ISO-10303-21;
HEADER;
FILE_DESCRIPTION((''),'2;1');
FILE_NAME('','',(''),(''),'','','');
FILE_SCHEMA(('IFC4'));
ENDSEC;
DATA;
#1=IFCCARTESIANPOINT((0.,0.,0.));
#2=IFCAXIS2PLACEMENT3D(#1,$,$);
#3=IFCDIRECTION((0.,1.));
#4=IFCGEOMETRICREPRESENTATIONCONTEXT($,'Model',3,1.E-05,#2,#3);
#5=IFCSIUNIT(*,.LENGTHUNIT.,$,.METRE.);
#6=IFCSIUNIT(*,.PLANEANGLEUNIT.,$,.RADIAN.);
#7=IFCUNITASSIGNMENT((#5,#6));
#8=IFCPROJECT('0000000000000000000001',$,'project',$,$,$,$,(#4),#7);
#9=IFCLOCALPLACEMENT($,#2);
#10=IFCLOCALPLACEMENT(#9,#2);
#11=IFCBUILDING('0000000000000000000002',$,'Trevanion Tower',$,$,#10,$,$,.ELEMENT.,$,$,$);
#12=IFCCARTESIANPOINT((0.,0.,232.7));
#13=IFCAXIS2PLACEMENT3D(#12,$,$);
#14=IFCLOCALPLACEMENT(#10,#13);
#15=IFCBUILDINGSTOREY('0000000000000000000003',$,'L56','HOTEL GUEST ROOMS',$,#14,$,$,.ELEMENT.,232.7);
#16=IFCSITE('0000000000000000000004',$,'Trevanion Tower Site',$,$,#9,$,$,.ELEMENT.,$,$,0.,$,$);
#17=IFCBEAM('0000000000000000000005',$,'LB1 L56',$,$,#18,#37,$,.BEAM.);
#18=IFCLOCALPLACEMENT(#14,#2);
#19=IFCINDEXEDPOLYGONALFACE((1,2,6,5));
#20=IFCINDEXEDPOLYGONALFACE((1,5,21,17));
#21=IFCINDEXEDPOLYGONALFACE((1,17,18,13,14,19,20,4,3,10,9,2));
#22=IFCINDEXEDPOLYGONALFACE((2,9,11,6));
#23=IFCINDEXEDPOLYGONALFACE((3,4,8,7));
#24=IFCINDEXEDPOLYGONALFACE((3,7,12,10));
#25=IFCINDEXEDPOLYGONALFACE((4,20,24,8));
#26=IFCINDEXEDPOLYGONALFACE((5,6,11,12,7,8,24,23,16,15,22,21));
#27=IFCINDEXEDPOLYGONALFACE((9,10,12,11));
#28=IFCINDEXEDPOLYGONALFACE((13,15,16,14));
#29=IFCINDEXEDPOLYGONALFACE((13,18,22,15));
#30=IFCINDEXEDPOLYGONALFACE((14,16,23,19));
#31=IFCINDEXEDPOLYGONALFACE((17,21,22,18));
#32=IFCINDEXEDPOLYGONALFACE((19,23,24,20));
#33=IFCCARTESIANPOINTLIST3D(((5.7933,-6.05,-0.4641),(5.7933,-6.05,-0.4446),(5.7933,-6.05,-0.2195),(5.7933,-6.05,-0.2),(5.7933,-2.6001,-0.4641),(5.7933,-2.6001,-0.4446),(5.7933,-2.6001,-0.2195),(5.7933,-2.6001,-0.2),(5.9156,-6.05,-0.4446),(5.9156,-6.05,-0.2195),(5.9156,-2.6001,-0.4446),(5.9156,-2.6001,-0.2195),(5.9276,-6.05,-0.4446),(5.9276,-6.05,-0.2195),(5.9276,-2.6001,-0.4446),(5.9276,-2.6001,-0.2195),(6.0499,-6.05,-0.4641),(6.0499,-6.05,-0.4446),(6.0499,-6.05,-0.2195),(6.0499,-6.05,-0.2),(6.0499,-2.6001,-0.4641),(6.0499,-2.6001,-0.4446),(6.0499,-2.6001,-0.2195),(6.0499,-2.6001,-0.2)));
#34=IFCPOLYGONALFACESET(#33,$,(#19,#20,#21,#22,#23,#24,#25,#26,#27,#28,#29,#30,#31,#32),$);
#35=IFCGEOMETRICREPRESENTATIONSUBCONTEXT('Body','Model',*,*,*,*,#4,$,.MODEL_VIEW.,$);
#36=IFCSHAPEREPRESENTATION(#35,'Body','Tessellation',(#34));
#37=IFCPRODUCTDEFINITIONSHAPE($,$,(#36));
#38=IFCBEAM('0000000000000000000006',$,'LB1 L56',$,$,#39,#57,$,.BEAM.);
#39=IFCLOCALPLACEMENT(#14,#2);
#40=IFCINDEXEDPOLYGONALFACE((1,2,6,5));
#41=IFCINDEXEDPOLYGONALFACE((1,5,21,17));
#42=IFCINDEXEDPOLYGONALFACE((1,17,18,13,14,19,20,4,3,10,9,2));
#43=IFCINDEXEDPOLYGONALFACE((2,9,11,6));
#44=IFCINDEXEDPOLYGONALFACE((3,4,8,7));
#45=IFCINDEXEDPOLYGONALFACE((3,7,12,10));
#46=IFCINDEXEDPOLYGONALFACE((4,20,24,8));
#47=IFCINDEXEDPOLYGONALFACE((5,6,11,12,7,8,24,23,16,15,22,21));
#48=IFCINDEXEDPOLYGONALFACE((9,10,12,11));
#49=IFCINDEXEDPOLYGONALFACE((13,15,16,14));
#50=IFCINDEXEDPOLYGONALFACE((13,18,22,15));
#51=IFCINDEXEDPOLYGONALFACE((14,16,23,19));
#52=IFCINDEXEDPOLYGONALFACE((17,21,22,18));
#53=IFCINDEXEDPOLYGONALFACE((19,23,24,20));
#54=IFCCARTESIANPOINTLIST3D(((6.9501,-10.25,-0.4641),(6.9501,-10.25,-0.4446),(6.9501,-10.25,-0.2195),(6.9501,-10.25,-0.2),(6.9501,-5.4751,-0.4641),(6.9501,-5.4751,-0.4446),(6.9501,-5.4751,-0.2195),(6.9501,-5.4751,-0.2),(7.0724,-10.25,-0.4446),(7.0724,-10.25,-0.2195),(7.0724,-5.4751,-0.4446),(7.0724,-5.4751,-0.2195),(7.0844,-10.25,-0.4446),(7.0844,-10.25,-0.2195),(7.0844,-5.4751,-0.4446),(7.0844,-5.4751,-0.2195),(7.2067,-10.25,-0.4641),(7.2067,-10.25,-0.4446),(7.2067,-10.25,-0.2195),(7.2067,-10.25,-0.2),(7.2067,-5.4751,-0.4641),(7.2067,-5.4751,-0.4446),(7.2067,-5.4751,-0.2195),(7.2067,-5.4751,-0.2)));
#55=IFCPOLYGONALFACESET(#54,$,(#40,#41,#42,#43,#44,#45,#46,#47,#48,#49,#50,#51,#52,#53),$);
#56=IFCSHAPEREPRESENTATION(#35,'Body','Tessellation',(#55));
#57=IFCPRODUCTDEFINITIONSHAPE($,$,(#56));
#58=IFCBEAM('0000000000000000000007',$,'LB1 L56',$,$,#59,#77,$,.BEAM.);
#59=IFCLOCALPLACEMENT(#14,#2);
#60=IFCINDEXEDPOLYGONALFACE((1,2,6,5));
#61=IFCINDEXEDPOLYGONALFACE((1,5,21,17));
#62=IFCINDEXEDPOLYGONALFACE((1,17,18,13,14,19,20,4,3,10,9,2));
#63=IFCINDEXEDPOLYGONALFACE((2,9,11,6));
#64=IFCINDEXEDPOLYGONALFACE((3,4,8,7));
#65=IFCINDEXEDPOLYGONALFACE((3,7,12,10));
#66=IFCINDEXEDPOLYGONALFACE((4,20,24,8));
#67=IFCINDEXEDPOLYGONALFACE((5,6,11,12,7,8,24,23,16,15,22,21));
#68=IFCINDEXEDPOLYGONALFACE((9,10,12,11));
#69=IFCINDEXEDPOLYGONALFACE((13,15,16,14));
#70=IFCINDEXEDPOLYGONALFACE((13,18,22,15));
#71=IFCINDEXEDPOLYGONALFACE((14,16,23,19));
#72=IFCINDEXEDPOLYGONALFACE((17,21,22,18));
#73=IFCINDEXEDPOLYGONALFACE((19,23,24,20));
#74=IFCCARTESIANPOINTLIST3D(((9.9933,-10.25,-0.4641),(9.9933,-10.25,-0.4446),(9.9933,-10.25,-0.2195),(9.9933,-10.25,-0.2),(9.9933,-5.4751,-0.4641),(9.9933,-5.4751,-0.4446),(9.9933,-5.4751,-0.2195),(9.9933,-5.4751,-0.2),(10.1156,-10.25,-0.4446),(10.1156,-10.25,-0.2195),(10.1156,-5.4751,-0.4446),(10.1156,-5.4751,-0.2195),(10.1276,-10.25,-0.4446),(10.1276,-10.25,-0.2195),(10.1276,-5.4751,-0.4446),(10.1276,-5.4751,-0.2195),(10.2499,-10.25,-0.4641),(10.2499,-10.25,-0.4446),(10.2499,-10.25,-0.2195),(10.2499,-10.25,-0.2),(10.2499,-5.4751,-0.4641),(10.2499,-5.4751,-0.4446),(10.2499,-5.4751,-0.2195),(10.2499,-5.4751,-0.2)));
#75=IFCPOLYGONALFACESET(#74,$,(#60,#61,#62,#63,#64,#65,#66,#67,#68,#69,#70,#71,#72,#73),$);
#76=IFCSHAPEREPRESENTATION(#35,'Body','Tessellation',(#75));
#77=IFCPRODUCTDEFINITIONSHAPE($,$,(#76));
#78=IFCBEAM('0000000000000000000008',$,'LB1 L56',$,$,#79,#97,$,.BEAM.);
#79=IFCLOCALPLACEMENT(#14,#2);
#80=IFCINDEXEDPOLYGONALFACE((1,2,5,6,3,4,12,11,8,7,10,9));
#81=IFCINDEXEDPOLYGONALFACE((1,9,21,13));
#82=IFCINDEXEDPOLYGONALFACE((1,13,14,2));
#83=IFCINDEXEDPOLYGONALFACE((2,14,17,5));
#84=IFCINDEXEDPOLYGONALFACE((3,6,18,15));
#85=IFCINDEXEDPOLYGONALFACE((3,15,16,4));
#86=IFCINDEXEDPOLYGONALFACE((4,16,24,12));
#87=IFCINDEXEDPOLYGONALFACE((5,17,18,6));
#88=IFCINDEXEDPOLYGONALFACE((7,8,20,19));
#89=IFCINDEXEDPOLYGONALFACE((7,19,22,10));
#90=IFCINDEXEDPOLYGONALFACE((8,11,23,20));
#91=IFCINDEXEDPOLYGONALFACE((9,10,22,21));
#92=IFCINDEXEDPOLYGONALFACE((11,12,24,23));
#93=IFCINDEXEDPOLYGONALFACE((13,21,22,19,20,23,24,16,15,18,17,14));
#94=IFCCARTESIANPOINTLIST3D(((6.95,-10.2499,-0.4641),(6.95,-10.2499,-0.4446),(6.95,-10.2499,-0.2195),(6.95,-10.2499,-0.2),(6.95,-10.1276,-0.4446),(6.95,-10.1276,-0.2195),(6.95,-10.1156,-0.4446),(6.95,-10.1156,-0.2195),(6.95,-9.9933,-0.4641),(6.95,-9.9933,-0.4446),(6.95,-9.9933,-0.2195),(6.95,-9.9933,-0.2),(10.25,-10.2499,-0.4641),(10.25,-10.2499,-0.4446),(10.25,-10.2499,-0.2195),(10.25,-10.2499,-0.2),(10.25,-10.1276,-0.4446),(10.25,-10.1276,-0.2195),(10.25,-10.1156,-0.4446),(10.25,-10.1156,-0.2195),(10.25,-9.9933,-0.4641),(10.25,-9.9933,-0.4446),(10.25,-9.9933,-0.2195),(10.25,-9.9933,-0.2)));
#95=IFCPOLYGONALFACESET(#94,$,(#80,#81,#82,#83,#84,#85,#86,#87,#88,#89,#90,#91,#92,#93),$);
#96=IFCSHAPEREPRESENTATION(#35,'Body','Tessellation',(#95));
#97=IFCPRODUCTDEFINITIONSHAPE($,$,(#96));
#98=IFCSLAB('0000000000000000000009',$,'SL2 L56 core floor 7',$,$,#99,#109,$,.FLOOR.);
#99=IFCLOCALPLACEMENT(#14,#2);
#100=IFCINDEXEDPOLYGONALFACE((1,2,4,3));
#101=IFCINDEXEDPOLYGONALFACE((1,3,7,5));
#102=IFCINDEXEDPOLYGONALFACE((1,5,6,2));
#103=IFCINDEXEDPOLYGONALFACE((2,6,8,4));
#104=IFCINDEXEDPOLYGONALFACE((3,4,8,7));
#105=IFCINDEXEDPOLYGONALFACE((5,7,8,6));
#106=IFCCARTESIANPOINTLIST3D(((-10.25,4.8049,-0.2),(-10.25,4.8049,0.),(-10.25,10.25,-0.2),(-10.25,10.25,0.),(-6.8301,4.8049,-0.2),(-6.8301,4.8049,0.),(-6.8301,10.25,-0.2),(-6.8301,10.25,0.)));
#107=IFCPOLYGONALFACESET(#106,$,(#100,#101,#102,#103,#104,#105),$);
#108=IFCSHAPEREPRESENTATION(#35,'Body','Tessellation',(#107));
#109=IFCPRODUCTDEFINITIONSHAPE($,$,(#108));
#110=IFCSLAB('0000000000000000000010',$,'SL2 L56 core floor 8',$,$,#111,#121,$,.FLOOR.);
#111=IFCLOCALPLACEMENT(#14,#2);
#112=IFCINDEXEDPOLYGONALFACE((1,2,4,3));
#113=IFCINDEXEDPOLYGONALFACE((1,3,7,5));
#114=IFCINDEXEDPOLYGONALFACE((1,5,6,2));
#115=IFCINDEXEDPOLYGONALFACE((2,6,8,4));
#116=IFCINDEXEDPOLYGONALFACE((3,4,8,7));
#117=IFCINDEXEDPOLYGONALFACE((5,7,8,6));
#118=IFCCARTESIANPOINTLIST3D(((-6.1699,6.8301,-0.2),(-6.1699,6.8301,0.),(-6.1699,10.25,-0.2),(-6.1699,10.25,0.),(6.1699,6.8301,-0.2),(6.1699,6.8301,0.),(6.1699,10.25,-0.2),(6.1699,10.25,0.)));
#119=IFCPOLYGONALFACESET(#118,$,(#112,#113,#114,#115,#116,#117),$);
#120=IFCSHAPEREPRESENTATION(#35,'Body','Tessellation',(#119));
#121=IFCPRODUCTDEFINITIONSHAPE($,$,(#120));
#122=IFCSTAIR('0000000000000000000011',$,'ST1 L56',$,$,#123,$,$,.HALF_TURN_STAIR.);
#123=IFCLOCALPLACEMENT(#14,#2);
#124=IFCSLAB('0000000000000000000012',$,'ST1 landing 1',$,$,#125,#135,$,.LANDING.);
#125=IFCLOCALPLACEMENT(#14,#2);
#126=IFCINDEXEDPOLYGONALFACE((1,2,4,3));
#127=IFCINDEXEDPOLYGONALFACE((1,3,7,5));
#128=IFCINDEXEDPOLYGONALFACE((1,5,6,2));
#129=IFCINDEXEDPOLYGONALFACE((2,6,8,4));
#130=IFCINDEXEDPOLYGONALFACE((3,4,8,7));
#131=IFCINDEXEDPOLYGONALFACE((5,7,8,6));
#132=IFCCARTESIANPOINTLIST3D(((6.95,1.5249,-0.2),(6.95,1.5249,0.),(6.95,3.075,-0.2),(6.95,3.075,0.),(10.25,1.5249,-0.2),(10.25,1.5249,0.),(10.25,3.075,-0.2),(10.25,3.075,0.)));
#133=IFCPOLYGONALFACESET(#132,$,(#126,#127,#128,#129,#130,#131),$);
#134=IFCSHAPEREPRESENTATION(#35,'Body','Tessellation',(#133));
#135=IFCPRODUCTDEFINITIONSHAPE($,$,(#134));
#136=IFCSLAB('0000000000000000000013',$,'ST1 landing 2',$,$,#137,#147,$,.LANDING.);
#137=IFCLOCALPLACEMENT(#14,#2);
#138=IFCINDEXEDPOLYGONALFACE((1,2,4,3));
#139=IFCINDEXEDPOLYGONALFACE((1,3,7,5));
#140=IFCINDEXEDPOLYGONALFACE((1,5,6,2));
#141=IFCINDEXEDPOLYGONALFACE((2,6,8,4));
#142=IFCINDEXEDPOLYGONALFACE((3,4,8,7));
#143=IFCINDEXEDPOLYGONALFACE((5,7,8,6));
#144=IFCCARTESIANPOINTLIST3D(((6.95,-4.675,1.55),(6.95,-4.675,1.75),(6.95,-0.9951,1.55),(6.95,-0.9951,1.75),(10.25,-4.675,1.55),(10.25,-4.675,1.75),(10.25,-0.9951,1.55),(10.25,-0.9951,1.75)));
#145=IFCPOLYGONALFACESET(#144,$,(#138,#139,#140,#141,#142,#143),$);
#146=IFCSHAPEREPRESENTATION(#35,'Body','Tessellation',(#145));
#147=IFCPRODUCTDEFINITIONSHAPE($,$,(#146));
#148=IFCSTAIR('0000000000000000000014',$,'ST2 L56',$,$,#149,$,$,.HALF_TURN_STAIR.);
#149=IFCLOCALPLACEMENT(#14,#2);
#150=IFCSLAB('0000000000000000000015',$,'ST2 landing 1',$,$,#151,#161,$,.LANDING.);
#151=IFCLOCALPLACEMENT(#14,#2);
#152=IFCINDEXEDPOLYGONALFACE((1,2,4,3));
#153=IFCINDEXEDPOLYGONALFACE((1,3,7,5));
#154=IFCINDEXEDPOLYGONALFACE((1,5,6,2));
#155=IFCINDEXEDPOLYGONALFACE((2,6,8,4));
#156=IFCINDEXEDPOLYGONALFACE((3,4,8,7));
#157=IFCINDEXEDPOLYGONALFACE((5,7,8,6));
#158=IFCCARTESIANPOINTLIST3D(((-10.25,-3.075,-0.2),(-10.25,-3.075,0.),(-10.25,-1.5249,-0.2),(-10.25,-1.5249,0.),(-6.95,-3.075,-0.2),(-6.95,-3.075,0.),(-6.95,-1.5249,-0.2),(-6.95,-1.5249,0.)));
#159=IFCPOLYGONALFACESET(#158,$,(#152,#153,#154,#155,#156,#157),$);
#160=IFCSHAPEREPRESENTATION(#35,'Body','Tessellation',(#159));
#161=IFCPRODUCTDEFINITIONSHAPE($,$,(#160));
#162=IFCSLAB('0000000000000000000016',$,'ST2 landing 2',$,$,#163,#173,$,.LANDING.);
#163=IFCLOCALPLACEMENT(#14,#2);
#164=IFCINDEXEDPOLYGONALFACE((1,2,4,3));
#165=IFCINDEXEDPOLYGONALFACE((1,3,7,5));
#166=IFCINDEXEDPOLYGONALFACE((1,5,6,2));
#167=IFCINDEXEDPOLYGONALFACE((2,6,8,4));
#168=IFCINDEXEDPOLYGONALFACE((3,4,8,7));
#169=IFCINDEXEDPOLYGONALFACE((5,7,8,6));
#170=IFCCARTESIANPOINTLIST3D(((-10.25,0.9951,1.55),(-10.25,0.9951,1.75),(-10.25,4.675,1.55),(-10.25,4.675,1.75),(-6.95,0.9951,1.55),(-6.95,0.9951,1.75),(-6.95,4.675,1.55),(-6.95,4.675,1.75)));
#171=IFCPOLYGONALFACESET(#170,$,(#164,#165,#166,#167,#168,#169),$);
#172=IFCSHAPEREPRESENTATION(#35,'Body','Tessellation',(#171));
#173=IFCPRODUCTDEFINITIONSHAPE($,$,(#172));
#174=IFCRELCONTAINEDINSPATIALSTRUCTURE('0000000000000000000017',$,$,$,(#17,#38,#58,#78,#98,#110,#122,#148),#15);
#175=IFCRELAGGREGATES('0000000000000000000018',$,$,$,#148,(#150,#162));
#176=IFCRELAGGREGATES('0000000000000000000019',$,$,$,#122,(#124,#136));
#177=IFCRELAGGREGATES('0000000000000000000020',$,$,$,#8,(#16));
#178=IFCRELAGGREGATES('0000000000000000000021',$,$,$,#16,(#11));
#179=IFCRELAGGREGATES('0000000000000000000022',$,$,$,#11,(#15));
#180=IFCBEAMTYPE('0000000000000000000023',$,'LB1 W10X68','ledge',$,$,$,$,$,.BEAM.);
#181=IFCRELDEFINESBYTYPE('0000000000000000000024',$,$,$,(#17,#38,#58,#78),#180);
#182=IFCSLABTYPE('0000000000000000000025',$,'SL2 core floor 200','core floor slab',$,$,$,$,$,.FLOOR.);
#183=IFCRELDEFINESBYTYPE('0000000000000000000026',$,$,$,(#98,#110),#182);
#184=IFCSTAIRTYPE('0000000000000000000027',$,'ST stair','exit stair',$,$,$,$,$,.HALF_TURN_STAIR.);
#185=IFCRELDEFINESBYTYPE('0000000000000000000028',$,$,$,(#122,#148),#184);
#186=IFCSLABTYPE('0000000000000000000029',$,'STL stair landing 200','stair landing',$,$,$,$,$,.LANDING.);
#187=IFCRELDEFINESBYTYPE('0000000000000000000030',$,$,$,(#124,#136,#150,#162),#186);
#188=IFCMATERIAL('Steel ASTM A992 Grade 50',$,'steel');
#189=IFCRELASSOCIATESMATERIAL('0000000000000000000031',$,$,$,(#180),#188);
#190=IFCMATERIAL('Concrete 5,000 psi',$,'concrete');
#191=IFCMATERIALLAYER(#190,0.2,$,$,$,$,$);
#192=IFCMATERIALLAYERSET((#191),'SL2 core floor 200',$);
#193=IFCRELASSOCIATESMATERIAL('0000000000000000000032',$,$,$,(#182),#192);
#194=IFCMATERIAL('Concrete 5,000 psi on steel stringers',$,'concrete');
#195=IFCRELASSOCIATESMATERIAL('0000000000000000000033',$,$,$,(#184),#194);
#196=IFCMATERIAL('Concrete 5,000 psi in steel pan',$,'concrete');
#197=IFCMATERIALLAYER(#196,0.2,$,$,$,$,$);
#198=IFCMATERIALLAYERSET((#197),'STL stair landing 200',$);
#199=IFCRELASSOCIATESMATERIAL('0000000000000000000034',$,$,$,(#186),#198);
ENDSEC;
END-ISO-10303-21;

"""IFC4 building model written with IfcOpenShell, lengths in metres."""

from ifc_helpers import new_model, si_unit, direction, frame, origin, origin_2d, place, context, subcontext, project, spatial, polyline, i_section, outline, extrude, material, layer, layer_set, material_profile, profile_set, type_object, element, aggregate, save


model = new_model("IFC4")

# Units and contexts
model_context = context("Model", 3, precision=1e-05, world=origin(), true_north=direction((0.0, 1.0)))
body_context = subcontext(model_context, "Body", "Model", "MODEL_VIEW")
ifc_project = project(units=[si_unit("LENGTHUNIT", "METRE"), si_unit("PLANEANGLEUNIT", "RADIAN")], contexts=[model_context])

# Site, building, storey
site_placement = place(None, origin())
site = spatial("IfcSite", under=ifc_project, at=site_placement, Name="Trevanion Tower Site", CompositionType="ELEMENT", RefElevation=0.0)
building_placement = place(site_placement, origin())
building = spatial("IfcBuilding", under=site, at=building_placement, Name="Trevanion Tower", CompositionType="ELEMENT")
storey_placement = place(building_placement, frame((0.0, 0.0, 232.7)))
storey = spatial("IfcBuildingStorey", under=building, at=storey_placement, Name="L56", Description="HOTEL GUEST ROOMS", CompositionType="ELEMENT", Elevation=232.7)

# Beams
ifc_material_1 = material(Name="Steel ASTM A992 Grade 50", Category="steel")
ifc_material_profile = material_profile(ifc_material_1, i_section(OverallWidth=0.2566, OverallDepth=0.2642, WebThickness=0.012, FlangeThickness=0.0195, at=origin_2d()), Name="W10X68")
ifc_profile_set = profile_set([ifc_material_profile], Name="Steel ASTM A992 Grade 50")
beam_type = type_object("IfcBeamType", Name="LB1 W10X68", Description="ledge", PredefinedType="BEAM", material=ifc_profile_set)
beam_1_placement = place(storey_placement, frame((5.9216, -6.05, -0.332), z_axis=(0.0, 1.0, 0.0), x_axis=(-1.0, 0.0, 0.0)))
element("IfcBeam", 1, at=beam_1_placement, inside=storey, type_object=beam_type, Name="LB1 L56", PredefinedType="BEAM", context=body_context, shape_type="SweptSolid", body=[
    extrude(i_section(OverallWidth=0.2566, OverallDepth=0.2642, WebThickness=0.012, FlangeThickness=0.0195, at=origin_2d()), origin(), (0.0, 0.0, 1.0), 3.45),
])
for number, where, z_axis, x_axis, name in (
    (2, (7.0784, -10.25, -0.332), (0.0, 1.0, 0.0), (-1.0, 0.0, 0.0), "LB1 L56"),
    (3, (10.1216, -10.25, -0.332), (0.0, 1.0, 0.0), (-1.0, 0.0, 0.0), "LB1 L56"),
):
    element("IfcBeam", number, at=place(storey_placement, frame(where, z_axis=z_axis, x_axis=x_axis)), inside=storey, type_object=beam_type, Name=name, PredefinedType="BEAM", context=body_context, shape_type="SweptSolid", body=[
        extrude(i_section(OverallWidth=0.2566, OverallDepth=0.2642, WebThickness=0.012, FlangeThickness=0.0195, at=origin_2d()), origin(), (0.0, 0.0, 1.0), 4.7749),
    ])
beam_2_placement = place(storey_placement, frame((6.95, -10.1216, -0.332), z_axis=(1.0, 0.0, 0.0), x_axis=(0.0, 1.0, 0.0)))
element("IfcBeam", 4, at=beam_2_placement, inside=storey, type_object=beam_type, Name="LB1 L56", PredefinedType="BEAM", context=body_context, shape_type="SweptSolid", body=[
    extrude(i_section(OverallWidth=0.2566, OverallDepth=0.2642, WebThickness=0.012, FlangeThickness=0.0195, at=origin_2d()), origin(), (0.0, 0.0, 1.0), 3.3),
])

# Slabs
ifc_material_2 = material(Name="Concrete 5,000 psi", Category="concrete")
ifc_layer_1 = layer(ifc_material_2, 0.2)
ifc_layer_set_1 = layer_set([ifc_layer_1], Name="SL2 core floor 200")
slab_type_1 = type_object("IfcSlabType", Name="SL2 core floor 200", Description="core floor slab", PredefinedType="FLOOR", material=ifc_layer_set_1)
slab_1_placement = place(storey_placement, frame((0.0, 0.0, -0.2)))
element("IfcSlab", 5, at=slab_1_placement, inside=storey, type_object=slab_type_1, Name="SL2 L56 core floor 7", PredefinedType="FLOOR", context=body_context, shape_type="SweptSolid", body=[
    extrude(outline(polyline([(-6.8301, 4.8049), (-10.25, 4.8049), (-10.25, 10.25), (-6.8301, 10.25), (-6.8301, 4.8049)])), origin(), (0.0, 0.0, 1.0), 0.2),
])
slab_2_placement = place(storey_placement, frame((0.0, 0.0, -0.2)))
element("IfcSlab", 6, at=slab_2_placement, inside=storey, type_object=slab_type_1, Name="SL2 L56 core floor 8", PredefinedType="FLOOR", context=body_context, shape_type="SweptSolid", body=[
    extrude(outline(polyline([(6.1699, 6.8301), (-6.1699, 6.8301), (-6.1699, 10.25), (6.1699, 10.25), (6.1699, 6.8301)])), origin(), (0.0, 0.0, 1.0), 0.2),
])

# Stairs, slabs
ifc_material_3 = material(Name="Concrete 5,000 psi on steel stringers", Category="concrete")
stair_type = type_object("IfcStairType", Name="ST stair", Description="exit stair", PredefinedType="HALF_TURN_STAIR", material=ifc_material_3)
stair_1_placement = place(storey_placement, origin())
stair_1 = element("IfcStair", 7, at=stair_1_placement, inside=storey, type_object=stair_type, Name="ST1 L56", PredefinedType="HALF_TURN_STAIR")
ifc_material_4 = material(Name="Concrete 5,000 psi in steel pan", Category="concrete")
ifc_layer_2 = layer(ifc_material_4, 0.2)
ifc_layer_set_2 = layer_set([ifc_layer_2], Name="STL stair landing 200")
slab_type_2 = type_object("IfcSlabType", Name="STL stair landing 200", Description="stair landing", PredefinedType="LANDING", material=ifc_layer_set_2)
slab_3_placement = place(storey_placement, frame((0.0, 0.0, -0.2)))
slab_3 = element("IfcSlab", 8, at=slab_3_placement, type_object=slab_type_2, Name="ST1 landing 1", PredefinedType="LANDING", context=body_context, shape_type="SweptSolid", body=[
    extrude(outline(polyline([(6.95, 1.5249), (10.25, 1.5249), (10.25, 3.075), (6.95, 3.075), (6.95, 1.5249)])), origin(), (0.0, 0.0, 1.0), 0.2),
])
slab_4_placement = place(storey_placement, frame((0.0, 0.0, 1.55)))
slab_4 = element("IfcSlab", 9, at=slab_4_placement, type_object=slab_type_2, Name="ST1 landing 2", PredefinedType="LANDING", context=body_context, shape_type="SweptSolid", body=[
    extrude(outline(polyline([(6.95, -4.675), (10.25, -4.675), (10.25, -0.9951), (6.95, -0.9951), (6.95, -4.675)])), origin(), (0.0, 0.0, 1.0), 0.2),
])
stair_2_placement = place(storey_placement, origin())
stair_2 = element("IfcStair", 10, at=stair_2_placement, inside=storey, type_object=stair_type, Name="ST2 L56", PredefinedType="HALF_TURN_STAIR")
slab_5_placement = place(storey_placement, frame((0.0, 0.0, -0.2)))
slab_5 = element("IfcSlab", 11, at=slab_5_placement, type_object=slab_type_2, Name="ST2 landing 1", PredefinedType="LANDING", context=body_context, shape_type="SweptSolid", body=[
    extrude(outline(polyline([(-6.95, -1.5249), (-10.25, -1.5249), (-10.25, -3.075), (-6.95, -3.075), (-6.95, -1.5249)])), origin(), (0.0, 0.0, 1.0), 0.2),
])
slab_6_placement = place(storey_placement, frame((0.0, 0.0, 1.55)))
slab_6 = element("IfcSlab", 12, at=slab_6_placement, type_object=slab_type_2, Name="ST2 landing 2", PredefinedType="LANDING", context=body_context, shape_type="SweptSolid", body=[
    extrude(outline(polyline([(-6.95, 4.675), (-10.25, 4.675), (-10.25, 0.9951), (-6.95, 0.9951), (-6.95, 4.675)])), origin(), (0.0, 0.0, 1.0), 0.2),
])
aggregate(stair_2, [slab_5, slab_6])

aggregate(stair_1, [slab_3, slab_4])

save(model, "model.ifc")
